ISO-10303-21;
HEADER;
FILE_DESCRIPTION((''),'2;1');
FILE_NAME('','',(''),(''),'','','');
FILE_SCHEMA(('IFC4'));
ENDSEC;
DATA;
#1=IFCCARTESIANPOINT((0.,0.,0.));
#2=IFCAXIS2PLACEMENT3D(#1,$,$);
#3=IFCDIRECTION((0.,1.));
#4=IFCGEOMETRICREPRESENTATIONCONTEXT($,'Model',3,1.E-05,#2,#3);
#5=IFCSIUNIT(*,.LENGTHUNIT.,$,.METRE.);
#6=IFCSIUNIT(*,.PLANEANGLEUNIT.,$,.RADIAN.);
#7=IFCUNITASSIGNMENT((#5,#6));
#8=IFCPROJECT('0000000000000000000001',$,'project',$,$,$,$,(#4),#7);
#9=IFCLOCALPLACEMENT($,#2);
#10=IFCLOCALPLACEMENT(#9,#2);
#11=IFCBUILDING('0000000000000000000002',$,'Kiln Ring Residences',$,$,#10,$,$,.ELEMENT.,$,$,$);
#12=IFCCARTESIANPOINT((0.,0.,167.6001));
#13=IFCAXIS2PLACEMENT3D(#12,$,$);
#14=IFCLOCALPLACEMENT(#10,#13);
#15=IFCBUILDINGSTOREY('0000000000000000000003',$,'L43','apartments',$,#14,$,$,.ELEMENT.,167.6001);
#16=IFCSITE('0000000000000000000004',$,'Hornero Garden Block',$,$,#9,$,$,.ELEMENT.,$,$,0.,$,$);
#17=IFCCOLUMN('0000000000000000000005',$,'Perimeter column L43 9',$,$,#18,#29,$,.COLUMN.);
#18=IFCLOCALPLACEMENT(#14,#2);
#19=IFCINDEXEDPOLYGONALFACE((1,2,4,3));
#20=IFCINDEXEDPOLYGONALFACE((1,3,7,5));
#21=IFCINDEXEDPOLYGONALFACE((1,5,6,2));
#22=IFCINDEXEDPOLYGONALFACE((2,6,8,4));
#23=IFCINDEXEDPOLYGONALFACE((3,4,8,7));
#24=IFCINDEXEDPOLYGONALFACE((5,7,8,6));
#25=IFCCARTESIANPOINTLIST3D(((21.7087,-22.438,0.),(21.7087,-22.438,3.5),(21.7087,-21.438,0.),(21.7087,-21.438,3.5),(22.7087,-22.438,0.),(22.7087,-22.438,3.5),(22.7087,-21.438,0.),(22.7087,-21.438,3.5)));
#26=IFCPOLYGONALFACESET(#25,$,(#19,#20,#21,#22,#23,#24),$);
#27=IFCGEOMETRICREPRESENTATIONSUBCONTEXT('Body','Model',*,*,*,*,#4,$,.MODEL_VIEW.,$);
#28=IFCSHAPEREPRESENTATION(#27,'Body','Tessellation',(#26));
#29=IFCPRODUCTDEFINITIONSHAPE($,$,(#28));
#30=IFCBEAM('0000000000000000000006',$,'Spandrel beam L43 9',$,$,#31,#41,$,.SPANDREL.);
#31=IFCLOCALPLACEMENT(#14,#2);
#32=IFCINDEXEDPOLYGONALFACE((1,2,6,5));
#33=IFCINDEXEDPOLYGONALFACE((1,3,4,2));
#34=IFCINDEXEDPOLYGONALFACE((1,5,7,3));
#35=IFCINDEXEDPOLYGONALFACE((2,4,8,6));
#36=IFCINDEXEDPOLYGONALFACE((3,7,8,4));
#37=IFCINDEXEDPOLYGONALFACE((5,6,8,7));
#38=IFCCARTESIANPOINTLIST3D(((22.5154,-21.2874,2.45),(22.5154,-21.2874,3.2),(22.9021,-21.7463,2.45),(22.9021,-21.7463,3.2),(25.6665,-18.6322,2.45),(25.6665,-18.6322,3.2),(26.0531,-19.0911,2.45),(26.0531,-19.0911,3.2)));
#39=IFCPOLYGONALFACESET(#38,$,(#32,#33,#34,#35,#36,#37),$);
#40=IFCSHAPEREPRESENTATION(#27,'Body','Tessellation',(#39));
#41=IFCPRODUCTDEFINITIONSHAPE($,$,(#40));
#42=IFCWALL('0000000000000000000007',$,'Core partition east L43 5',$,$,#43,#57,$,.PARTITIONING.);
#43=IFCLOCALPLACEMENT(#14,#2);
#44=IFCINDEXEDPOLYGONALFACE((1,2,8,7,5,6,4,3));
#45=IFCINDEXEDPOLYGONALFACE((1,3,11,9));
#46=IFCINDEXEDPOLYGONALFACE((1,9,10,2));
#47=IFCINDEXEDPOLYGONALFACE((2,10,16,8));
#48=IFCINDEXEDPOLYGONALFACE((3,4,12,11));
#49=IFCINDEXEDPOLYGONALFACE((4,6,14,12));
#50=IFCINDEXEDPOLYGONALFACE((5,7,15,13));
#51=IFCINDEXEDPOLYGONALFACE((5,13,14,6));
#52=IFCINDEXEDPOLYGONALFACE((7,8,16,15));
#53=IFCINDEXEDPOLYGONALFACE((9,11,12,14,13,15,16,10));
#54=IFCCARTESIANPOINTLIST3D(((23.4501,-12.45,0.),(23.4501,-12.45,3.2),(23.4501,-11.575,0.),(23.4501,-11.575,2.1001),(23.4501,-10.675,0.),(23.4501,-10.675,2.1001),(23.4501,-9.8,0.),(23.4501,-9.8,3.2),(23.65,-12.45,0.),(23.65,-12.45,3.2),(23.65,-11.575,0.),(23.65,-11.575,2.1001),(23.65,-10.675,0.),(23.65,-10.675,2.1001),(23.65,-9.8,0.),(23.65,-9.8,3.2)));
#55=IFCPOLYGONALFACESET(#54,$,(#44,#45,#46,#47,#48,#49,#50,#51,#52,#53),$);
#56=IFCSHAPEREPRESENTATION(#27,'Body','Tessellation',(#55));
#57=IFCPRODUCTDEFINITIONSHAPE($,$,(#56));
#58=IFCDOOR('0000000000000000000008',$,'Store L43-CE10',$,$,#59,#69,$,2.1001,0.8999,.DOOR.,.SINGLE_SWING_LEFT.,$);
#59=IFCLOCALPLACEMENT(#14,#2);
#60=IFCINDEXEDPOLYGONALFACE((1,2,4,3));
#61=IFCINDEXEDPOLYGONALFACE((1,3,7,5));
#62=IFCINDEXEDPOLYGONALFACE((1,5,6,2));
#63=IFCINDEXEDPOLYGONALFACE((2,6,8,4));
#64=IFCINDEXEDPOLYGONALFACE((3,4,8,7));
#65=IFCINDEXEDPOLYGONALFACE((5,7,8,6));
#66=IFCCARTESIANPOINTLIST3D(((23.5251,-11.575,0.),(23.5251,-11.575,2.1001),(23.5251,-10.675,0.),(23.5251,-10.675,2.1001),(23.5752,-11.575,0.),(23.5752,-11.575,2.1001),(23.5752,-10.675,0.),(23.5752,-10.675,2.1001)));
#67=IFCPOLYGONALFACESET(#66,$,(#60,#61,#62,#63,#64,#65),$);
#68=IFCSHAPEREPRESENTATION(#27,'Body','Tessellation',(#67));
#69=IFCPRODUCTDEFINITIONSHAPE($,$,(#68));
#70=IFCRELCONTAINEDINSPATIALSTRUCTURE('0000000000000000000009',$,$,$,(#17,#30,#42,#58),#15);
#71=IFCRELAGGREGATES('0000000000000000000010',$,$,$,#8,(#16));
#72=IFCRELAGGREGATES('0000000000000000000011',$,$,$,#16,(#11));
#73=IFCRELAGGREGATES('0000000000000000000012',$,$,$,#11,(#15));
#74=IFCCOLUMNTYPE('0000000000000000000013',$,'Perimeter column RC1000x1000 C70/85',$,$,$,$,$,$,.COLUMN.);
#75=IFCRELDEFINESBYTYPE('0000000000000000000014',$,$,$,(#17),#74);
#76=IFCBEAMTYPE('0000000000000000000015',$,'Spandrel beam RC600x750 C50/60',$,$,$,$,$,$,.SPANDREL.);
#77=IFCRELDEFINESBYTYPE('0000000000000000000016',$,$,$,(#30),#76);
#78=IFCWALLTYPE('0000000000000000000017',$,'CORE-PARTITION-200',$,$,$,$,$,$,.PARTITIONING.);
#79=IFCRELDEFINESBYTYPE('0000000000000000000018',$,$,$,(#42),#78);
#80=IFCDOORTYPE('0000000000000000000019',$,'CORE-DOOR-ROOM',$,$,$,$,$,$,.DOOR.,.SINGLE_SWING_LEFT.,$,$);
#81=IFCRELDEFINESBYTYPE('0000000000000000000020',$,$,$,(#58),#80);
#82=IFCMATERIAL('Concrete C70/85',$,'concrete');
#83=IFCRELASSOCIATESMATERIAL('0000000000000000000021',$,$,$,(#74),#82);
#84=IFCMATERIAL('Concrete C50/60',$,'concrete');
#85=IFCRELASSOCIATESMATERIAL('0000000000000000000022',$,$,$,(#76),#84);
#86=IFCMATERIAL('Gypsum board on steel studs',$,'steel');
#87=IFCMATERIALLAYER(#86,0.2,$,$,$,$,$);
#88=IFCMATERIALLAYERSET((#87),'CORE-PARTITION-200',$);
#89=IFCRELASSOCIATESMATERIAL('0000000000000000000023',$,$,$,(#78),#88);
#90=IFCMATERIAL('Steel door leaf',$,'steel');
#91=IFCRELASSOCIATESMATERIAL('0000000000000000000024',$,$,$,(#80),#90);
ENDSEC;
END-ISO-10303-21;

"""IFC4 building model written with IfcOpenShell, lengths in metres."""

from ifc_helpers import new_model, si_unit, direction, frame, frame_2d, origin, origin_2d, place, context, subcontext, project, spatial, rectangle, extrude, material, layer, layer_set, material_profile, profile_set, type_object, element, fill, save


model = new_model("IFC4")

# Units and contexts
model_context = context("Model", 3, precision=1e-05, world=origin(), true_north=direction((0.0, 1.0)))
body_context = subcontext(model_context, "Body", "Model", "MODEL_VIEW")
ifc_project = project(units=[si_unit("LENGTHUNIT", "METRE"), si_unit("PLANEANGLEUNIT", "RADIAN")], contexts=[model_context])

# Site, building, storey
site_placement = place(None, origin())
site = spatial("IfcSite", under=ifc_project, at=site_placement, Name="Hornero Garden Block", CompositionType="ELEMENT", RefElevation=0.0)
building_placement = place(site_placement, origin())
building = spatial("IfcBuilding", under=site, at=building_placement, Name="Kiln Ring Residences", CompositionType="ELEMENT")
storey_placement = place(building_placement, frame((0.0, 0.0, 167.6001)))
storey = spatial("IfcBuildingStorey", under=building, at=storey_placement, Name="L43", Description="apartments", CompositionType="ELEMENT", Elevation=167.6001)

# Column
ifc_material_1 = material(Name="Concrete C70/85", Category="concrete")
ifc_material_profile_1 = material_profile(ifc_material_1, rectangle(XDim=1.0, YDim=1.0, at=origin_2d()), Name="RC1000x1000")
ifc_profile_set_1 = profile_set([ifc_material_profile_1], Name="Concrete C70/85")
column_type = type_object("IfcColumnType", Name="Perimeter column RC1000x1000 C70/85", PredefinedType="COLUMN", material=ifc_profile_set_1)
column_placement = place(storey_placement, frame((22.2087, -21.938, 0.0), z_axis=(0.0, 0.0, 1.0), x_axis=(1.0, 0.0, 0.0)))
element("IfcColumn", 1, at=column_placement, inside=storey, type_object=column_type, Name="Perimeter column L43 9", PredefinedType="COLUMN", context=body_context, shape_type="SweptSolid", body=[
    extrude(rectangle(XDim=1.0, YDim=1.0, at=origin_2d()), origin(), (0.0, 0.0, 1.0), 3.5),
])

# Beam
ifc_material_2 = material(Name="Concrete C50/60", Category="concrete")
ifc_material_profile_2 = material_profile(ifc_material_2, rectangle(XDim=0.6001, YDim=0.75, at=origin_2d()), Name="RC600x750")
ifc_profile_set_2 = profile_set([ifc_material_profile_2], Name="Concrete C50/60")
beam_type = type_object("IfcBeamType", Name="Spandrel beam RC600x750 C50/60", PredefinedType="SPANDREL", material=ifc_profile_set_2)
beam_placement = place(storey_placement, frame((22.7087, -21.5168, 2.825), z_axis=(0.764708, 0.644377, 0.0), x_axis=(-0.644377, 0.764708, 0.0)))
element("IfcBeam", 2, at=beam_placement, inside=storey, type_object=beam_type, Name="Spandrel beam L43 9", PredefinedType="SPANDREL", context=body_context, shape_type="SweptSolid", body=[
    extrude(rectangle(XDim=0.6001, YDim=0.75, at=origin_2d()), origin(), (0.0, 0.0, 1.0), 4.1206),
])

# Wall, opening, door
ifc_material_3 = material(Name="Gypsum board on steel studs", Category="steel")
ifc_layer_1 = layer(ifc_material_3, 0.2)
ifc_layer_set_1 = layer_set([ifc_layer_1], Name="CORE-PARTITION-200")
wall_type_1 = type_object("IfcWallType", Name="CORE-PARTITION-200", PredefinedType="PARTITIONING", material=ifc_layer_set_1)
wall_1_placement = place(storey_placement, frame((23.55, -12.45, 0.0), z_axis=(0.0, 0.0, 1.0), x_axis=(0.0, 1.0, 0.0)))
wall_1 = element("IfcWall", 3, at=wall_1_placement, inside=storey, type_object=wall_type_1, Name="Core partition east L43 5", PredefinedType="PARTITIONING", context=body_context, shape_type="SweptSolid", body=[
    extrude(rectangle(XDim=2.6499, YDim=0.2, at=frame_2d((1.325, 0.0))), origin(), (0.0, 0.0, 1.0), 3.2),
])
opening_1_placement = place(wall_1_placement, frame((0.875, 0.0, 0.0)))
opening_1 = element("IfcOpeningElement", 4, at=opening_1_placement, cuts=wall_1, PredefinedType="OPENING", context=body_context, shape_type="SweptSolid", body=[
    extrude(rectangle(XDim=0.8999, YDim=2.1001, at=frame_2d((0.45, 1.05))), frame((0.0, 0.1099, 0.0), z_axis=(0.0, -1.0, 0.0), x_axis=(1.0, 0.0, 0.0)), (0.0, 0.0, 1.0), 0.22),
])
ifc_material_4 = material(Name="Steel door leaf", Category="steel")
door_type_1 = type_object("IfcDoorType", Name="CORE-DOOR-ROOM", OperationType="SINGLE_SWING_LEFT", PredefinedType="DOOR", material=ifc_material_4)
door_1_placement = place(opening_1_placement, origin())
door_1 = element("IfcDoor", 5, at=door_1_placement, inside=storey, type_object=door_type_1, Name="Store L43-CE10", OperationType="SINGLE_SWING_LEFT", OverallHeight=2.1001, OverallWidth=0.8999, PredefinedType="DOOR", context=body_context, shape_type="SweptSolid", body=[
    extrude(rectangle(XDim=0.8999, YDim=2.1001, at=frame_2d((0.45, 1.05))), frame((0.0, 0.0249, 0.0), z_axis=(0.0, -1.0, 0.0), x_axis=(1.0, 0.0, 0.0)), (0.0, 0.0, 1.0), 0.05),
])
fill(opening_1, door_1)

save(model, "model.ifc")
